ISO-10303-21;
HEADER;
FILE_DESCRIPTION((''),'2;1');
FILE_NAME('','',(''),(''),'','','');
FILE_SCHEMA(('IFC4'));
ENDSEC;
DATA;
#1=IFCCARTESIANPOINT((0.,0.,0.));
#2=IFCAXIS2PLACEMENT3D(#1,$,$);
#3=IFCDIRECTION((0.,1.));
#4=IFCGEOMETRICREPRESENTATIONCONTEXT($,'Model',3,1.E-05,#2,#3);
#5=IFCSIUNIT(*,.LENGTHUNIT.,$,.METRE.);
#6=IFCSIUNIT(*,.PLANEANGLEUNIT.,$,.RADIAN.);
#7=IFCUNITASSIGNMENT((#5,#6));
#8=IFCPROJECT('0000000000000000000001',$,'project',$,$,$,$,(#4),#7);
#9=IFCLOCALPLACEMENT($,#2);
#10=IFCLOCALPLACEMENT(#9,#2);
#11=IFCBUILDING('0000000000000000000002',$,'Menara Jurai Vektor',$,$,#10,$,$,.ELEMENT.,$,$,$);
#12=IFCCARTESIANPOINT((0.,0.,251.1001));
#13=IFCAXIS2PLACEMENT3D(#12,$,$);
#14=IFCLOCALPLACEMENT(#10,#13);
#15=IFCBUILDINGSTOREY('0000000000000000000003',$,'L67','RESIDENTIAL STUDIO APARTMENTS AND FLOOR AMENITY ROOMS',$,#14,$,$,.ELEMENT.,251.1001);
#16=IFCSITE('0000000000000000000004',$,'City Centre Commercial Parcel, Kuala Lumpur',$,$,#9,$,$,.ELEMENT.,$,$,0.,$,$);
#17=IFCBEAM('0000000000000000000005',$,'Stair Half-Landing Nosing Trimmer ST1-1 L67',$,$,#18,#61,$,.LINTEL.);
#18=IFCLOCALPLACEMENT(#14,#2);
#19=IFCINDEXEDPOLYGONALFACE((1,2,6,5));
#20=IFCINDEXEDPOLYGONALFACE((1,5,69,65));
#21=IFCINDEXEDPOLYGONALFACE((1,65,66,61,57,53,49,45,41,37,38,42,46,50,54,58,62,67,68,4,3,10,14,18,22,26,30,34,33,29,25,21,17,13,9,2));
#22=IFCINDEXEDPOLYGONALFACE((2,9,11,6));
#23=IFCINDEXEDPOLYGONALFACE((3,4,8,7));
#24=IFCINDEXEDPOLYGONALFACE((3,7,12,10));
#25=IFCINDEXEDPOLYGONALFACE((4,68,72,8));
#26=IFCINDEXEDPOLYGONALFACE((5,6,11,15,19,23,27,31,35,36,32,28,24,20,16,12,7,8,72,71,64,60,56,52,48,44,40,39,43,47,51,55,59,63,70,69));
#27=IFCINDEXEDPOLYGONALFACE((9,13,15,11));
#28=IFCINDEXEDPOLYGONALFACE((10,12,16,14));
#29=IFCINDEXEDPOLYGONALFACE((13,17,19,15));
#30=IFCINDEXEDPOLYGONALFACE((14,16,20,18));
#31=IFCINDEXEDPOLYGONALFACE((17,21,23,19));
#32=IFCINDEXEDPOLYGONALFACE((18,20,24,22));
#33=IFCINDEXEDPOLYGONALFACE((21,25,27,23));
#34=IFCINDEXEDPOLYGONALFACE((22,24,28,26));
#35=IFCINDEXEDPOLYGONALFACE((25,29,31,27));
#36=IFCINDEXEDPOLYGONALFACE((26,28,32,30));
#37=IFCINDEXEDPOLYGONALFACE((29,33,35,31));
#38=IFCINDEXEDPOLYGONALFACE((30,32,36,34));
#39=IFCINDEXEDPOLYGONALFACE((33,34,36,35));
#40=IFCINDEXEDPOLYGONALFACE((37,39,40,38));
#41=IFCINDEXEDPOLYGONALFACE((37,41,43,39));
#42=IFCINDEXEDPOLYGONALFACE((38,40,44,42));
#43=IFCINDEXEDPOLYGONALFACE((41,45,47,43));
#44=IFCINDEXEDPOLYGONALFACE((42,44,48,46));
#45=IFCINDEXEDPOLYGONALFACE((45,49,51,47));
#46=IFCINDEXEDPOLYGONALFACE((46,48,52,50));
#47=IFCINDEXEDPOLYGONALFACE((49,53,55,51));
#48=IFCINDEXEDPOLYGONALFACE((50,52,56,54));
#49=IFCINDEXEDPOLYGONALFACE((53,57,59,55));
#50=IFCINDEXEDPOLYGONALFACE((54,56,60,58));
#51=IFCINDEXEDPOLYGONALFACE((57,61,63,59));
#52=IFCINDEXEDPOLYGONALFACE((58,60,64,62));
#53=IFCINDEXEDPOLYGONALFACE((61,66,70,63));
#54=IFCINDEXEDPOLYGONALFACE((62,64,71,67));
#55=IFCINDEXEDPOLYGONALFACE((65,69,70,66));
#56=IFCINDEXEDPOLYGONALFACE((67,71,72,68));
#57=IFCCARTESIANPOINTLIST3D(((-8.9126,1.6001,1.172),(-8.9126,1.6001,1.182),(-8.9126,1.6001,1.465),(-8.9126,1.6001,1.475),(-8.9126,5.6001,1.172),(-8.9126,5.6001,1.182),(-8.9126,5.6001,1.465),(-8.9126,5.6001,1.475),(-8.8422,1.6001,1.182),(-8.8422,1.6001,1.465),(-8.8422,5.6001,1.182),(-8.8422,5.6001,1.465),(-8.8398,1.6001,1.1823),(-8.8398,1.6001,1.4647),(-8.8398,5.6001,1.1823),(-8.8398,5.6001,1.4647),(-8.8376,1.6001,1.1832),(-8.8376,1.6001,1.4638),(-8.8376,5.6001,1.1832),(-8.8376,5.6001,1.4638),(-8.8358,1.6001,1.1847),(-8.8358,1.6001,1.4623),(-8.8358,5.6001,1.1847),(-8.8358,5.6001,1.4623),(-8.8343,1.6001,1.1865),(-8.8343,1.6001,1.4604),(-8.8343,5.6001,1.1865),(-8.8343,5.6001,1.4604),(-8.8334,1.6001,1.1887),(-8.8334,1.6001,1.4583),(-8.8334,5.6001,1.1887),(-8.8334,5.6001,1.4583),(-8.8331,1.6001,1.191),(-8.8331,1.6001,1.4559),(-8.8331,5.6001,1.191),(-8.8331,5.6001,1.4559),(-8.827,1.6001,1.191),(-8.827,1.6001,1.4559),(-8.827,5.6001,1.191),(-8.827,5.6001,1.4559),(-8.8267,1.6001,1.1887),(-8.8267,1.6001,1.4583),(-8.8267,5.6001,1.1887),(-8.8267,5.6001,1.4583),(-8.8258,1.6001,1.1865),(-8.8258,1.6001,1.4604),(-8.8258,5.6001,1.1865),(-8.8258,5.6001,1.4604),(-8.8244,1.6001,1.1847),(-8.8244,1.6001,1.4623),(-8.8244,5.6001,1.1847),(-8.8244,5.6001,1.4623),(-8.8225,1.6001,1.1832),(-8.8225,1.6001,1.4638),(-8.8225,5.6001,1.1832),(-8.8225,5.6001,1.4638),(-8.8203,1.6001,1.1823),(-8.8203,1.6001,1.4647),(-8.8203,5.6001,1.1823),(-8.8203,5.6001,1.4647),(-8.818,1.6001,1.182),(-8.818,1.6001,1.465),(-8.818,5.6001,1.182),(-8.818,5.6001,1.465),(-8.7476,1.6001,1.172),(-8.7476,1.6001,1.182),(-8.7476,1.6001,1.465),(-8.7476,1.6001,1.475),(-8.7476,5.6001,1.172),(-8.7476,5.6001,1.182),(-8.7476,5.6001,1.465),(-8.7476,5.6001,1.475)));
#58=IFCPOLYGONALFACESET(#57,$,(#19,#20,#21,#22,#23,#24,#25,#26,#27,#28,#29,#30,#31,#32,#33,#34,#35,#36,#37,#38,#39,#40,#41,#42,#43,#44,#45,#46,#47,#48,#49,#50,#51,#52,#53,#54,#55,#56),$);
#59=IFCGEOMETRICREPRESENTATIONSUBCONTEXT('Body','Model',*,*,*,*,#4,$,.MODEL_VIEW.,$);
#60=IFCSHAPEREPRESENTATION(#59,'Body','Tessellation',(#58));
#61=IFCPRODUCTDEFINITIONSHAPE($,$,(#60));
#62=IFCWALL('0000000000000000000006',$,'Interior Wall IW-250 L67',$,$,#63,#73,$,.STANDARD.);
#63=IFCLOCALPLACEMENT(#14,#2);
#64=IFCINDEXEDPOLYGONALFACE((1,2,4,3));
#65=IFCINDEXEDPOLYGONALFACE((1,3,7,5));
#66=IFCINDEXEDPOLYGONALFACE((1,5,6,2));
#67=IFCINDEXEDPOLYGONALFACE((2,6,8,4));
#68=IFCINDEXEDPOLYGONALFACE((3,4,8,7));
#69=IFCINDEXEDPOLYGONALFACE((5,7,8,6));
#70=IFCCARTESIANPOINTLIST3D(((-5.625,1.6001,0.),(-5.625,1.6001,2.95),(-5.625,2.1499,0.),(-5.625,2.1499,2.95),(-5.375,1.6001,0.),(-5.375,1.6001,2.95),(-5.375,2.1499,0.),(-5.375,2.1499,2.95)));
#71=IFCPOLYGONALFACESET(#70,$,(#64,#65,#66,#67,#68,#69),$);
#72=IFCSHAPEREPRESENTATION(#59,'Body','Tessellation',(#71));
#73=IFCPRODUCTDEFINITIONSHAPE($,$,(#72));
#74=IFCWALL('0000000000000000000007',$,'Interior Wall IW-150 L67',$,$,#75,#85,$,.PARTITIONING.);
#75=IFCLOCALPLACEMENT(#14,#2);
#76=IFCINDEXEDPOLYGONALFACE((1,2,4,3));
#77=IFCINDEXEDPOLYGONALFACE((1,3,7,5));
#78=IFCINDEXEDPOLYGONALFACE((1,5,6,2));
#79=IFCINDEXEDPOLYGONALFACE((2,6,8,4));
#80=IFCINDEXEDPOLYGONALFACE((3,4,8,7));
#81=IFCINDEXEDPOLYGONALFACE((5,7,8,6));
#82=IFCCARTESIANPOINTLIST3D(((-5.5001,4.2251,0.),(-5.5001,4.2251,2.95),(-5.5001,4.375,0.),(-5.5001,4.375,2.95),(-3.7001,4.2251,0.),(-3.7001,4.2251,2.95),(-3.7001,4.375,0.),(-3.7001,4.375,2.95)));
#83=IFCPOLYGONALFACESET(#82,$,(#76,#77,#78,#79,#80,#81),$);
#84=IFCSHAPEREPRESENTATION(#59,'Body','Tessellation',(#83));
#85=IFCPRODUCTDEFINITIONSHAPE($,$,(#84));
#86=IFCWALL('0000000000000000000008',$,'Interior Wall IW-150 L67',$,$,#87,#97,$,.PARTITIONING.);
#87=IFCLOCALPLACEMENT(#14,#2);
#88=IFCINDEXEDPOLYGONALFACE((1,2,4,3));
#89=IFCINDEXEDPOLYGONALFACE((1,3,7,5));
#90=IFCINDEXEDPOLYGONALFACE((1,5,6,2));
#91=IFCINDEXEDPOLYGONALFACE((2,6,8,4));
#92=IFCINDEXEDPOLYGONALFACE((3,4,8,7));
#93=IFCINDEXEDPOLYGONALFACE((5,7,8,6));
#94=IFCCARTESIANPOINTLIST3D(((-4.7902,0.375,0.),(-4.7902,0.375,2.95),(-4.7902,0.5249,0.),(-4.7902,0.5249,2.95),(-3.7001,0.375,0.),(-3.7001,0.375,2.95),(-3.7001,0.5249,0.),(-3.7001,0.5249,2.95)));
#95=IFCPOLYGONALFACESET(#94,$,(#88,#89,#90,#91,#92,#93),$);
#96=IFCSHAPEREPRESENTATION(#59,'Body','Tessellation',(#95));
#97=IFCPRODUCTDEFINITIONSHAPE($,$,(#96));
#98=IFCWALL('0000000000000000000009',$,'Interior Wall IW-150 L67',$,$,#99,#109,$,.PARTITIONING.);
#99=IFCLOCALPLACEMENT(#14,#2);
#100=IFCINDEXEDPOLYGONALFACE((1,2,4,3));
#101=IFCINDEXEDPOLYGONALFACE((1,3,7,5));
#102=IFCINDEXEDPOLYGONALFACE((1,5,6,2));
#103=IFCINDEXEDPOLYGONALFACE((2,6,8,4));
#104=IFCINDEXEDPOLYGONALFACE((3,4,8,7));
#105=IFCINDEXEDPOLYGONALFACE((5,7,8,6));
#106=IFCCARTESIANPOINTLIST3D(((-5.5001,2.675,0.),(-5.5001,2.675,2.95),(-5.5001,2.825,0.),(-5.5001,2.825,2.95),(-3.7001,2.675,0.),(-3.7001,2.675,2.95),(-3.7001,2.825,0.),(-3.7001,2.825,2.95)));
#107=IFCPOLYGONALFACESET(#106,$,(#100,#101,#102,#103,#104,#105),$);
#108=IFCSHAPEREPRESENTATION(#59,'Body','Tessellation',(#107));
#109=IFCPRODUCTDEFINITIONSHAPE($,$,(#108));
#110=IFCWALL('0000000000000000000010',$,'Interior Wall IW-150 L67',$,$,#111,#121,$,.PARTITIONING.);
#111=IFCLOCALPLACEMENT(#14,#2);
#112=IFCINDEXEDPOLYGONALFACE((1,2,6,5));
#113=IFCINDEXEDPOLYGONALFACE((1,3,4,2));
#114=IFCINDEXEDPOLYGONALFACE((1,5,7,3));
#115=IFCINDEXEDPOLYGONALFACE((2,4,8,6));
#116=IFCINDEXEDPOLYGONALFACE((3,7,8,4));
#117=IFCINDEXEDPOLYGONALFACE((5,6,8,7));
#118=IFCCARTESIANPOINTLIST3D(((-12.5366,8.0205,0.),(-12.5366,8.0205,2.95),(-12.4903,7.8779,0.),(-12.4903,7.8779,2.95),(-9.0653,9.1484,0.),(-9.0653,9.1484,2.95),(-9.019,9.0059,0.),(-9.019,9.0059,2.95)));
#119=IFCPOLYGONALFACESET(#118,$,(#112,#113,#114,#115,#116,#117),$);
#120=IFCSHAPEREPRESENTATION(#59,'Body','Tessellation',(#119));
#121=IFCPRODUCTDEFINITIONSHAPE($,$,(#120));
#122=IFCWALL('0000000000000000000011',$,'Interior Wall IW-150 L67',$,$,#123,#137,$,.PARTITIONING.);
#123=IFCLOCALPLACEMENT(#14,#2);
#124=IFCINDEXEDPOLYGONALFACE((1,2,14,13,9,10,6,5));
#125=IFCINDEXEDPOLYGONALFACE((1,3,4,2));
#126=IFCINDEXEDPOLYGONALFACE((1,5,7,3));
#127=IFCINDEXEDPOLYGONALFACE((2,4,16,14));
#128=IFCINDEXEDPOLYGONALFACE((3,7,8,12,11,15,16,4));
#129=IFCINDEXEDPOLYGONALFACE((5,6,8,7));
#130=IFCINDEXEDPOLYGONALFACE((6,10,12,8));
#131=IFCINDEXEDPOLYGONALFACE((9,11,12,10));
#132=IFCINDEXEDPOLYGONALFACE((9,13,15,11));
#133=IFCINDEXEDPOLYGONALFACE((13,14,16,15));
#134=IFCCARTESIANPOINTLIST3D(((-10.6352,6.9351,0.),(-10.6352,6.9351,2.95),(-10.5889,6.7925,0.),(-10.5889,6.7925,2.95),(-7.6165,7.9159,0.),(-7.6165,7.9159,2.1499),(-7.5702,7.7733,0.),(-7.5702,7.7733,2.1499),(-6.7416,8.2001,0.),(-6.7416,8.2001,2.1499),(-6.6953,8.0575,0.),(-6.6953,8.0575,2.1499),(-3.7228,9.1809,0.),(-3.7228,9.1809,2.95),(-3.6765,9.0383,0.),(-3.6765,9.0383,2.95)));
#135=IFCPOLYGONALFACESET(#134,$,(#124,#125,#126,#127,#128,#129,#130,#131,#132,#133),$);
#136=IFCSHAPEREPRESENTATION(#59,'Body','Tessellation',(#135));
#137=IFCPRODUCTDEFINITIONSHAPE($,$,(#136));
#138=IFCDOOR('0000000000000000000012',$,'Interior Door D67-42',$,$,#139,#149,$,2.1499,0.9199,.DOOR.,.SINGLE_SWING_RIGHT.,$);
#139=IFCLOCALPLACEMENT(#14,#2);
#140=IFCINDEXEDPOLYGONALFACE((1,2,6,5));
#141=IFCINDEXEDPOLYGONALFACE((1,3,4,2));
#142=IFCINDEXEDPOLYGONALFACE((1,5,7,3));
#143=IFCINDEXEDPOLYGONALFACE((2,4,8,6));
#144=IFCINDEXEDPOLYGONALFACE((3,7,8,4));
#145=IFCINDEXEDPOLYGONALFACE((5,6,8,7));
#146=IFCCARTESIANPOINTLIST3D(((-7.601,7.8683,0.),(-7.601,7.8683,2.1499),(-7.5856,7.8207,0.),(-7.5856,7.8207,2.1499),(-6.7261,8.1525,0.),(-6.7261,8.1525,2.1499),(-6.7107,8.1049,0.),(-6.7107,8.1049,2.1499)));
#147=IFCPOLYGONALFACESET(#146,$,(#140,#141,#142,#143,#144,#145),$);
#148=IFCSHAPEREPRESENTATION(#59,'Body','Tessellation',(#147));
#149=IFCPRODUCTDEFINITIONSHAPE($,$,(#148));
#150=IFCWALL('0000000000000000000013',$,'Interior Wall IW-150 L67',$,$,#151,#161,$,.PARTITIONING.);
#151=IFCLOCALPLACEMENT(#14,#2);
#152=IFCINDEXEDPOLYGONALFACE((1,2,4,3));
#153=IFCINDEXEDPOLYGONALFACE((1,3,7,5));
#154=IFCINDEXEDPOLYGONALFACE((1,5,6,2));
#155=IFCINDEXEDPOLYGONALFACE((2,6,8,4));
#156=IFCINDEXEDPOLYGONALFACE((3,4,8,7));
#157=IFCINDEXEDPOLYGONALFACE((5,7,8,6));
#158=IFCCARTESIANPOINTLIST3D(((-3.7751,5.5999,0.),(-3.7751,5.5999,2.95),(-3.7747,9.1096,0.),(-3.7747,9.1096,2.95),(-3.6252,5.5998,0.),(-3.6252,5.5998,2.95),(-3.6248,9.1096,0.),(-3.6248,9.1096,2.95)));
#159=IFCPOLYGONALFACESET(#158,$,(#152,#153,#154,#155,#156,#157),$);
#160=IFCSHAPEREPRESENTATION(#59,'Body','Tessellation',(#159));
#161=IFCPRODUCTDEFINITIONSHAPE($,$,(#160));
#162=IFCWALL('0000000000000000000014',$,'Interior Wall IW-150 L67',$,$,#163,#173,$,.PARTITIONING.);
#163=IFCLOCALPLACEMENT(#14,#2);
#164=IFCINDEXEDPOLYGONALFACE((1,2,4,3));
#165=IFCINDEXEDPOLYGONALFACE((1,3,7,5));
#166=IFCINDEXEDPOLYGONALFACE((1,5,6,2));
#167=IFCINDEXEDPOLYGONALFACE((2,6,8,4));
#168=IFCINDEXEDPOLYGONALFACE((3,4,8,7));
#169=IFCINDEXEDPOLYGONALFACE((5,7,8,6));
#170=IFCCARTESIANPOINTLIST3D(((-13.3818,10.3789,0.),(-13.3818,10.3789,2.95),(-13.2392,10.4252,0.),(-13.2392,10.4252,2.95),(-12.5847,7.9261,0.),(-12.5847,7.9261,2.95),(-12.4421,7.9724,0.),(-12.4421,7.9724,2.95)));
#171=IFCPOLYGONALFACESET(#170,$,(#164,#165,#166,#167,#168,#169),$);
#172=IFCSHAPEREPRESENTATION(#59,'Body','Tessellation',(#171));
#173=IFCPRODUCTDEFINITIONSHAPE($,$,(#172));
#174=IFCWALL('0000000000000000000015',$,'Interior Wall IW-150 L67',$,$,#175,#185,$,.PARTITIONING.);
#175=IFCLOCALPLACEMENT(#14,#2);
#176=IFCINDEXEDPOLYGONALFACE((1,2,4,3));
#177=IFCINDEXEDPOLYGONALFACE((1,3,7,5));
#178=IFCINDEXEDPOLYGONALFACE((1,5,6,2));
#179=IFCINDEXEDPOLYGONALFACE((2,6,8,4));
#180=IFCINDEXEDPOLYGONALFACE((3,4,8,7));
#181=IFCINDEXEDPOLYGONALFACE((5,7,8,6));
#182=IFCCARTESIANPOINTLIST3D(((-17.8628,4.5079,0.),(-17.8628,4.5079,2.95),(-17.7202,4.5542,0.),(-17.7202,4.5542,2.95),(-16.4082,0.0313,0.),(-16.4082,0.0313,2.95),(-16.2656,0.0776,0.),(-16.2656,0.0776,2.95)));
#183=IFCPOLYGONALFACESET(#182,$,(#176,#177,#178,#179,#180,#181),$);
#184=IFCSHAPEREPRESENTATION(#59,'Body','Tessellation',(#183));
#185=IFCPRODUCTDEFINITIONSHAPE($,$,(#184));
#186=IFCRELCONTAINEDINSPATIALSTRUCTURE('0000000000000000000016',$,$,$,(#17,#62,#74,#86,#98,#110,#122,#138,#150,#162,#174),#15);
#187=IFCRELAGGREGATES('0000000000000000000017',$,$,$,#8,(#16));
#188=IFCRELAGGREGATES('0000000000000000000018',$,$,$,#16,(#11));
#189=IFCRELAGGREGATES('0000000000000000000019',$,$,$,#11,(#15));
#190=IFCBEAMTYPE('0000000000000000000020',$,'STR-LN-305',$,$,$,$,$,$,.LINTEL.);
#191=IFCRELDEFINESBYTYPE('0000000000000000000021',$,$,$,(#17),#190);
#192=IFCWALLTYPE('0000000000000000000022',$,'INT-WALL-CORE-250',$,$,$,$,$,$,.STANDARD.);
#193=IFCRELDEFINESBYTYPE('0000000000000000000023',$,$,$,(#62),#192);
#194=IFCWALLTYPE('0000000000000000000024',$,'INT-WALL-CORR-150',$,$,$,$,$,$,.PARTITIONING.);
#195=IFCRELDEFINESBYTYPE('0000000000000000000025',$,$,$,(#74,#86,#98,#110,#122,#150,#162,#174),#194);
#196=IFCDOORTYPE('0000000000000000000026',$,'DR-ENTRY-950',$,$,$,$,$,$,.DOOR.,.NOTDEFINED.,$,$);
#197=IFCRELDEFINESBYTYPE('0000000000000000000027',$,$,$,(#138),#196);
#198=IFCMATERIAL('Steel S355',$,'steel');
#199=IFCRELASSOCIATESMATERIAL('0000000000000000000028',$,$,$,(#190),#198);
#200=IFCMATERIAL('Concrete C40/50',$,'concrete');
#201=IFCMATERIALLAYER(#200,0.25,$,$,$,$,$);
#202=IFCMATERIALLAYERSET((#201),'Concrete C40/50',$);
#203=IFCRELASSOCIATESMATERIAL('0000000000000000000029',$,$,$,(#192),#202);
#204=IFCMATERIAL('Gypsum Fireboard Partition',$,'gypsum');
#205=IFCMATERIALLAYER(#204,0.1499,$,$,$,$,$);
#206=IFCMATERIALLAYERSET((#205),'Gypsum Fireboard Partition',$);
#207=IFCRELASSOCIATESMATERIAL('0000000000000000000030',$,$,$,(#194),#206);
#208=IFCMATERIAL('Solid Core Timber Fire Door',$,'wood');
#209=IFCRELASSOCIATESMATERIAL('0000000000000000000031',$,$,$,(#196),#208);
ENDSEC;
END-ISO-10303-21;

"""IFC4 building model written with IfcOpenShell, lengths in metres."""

from ifc_helpers import new_model, si_unit, direction, frame, frame_2d, origin, origin_2d, place, context, subcontext, project, spatial, rectangle, i_section, extrude, material, layer, layer_set, material_profile, profile_set, type_object, element, fill, save


model = new_model("IFC4")

# Units and contexts
model_context = context("Model", 3, precision=1e-05, world=origin(), true_north=direction((0.0, 1.0)))
body_context = subcontext(model_context, "Body", "Model", "MODEL_VIEW")
ifc_project = project(units=[si_unit("LENGTHUNIT", "METRE"), si_unit("PLANEANGLEUNIT", "RADIAN")], contexts=[model_context])

# Site, building, storey
site_placement = place(None, origin())
site = spatial("IfcSite", under=ifc_project, at=site_placement, Name="City Centre Commercial Parcel, Kuala Lumpur", CompositionType="ELEMENT", RefElevation=0.0)
building_placement = place(site_placement, origin())
building = spatial("IfcBuilding", under=site, at=building_placement, Name="Menara Jurai Vektor", CompositionType="ELEMENT")
storey_placement = place(building_placement, frame((0.0, 0.0, 251.1001)))
storey = spatial("IfcBuildingStorey", under=building, at=storey_placement, Name="L67", Description="RESIDENTIAL STUDIO APARTMENTS AND FLOOR AMENITY ROOMS", CompositionType="ELEMENT", Elevation=251.1001)

# Shared definitions
ifc_material_1 = material(Name="Steel S355", Category="steel")

# Beam
ifc_material_profile_1 = material_profile(ifc_material_1, i_section(OverallWidth=0.165, OverallDepth=0.303, WebThickness=0.0061, FlangeThickness=0.01, FilletRadius=0.009, at=origin_2d()), Name="UKB 305x165x40")
ifc_profile_set_1 = profile_set([ifc_material_profile_1], Name="Steel S355")
beam_type_1 = type_object("IfcBeamType", Name="STR-LN-305", PredefinedType="LINTEL", material=ifc_profile_set_1)
beam_1_placement = place(storey_placement, frame((-8.8301, 1.6001, 1.3235), z_axis=(0.0, 1.0, 0.0), x_axis=(-1.0, 0.0, 0.0)))
element("IfcBeam", 1, at=beam_1_placement, inside=storey, type_object=beam_type_1, Name="Stair Half-Landing Nosing Trimmer ST1-1 L67", PredefinedType="LINTEL", context=body_context, shape_type="SweptSolid", body=[
    extrude(i_section(OverallWidth=0.165, OverallDepth=0.303, WebThickness=0.0061, FlangeThickness=0.01, FilletRadius=0.009, at=origin_2d()), origin(), (0.0, 0.0, 1.0), 4.0),
])

# Shared definitions
ifc_material_2 = material(Name="Concrete C40/50", Category="concrete")
ifc_layer_1 = layer(ifc_material_2, 0.25)
ifc_layer_set_1 = layer_set([ifc_layer_1], Name="Concrete C40/50")
wall_type_1 = type_object("IfcWallType", Name="INT-WALL-CORE-250", PredefinedType="STANDARD", material=ifc_layer_set_1)

# Walls
wall_1_placement = place(storey_placement, frame((-5.5, 1.6001, 0.0), z_axis=(0.0, 0.0, 1.0), x_axis=(0.0, 1.0, 0.0)))
element("IfcWall", 2, at=wall_1_placement, inside=storey, type_object=wall_type_1, Name="Interior Wall IW-250 L67", PredefinedType="STANDARD", context=body_context, shape_type="SweptSolid", body=[
    extrude(rectangle(XDim=0.5498, YDim=0.25, at=frame_2d((0.2749, 0.0))), origin(), (0.0, 0.0, 1.0), 2.95),
])
ifc_material_3 = material(Name="Gypsum Fireboard Partition", Category="gypsum")
ifc_layer_2 = layer(ifc_material_3, 0.1499)
ifc_layer_set_2 = layer_set([ifc_layer_2], Name="Gypsum Fireboard Partition")
wall_type_2 = type_object("IfcWallType", Name="INT-WALL-CORR-150", PredefinedType="PARTITIONING", material=ifc_layer_set_2)
wall_2_placement = place(storey_placement, frame((-5.5, 4.3, 0.0), z_axis=(0.0, 0.0, 1.0), x_axis=(1.0, 0.0, 0.0)))
element("IfcWall", 3, at=wall_2_placement, inside=storey, type_object=wall_type_2, Name="Interior Wall IW-150 L67", PredefinedType="PARTITIONING", context=body_context, shape_type="SweptSolid", body=[
    extrude(rectangle(XDim=1.8, YDim=0.1499, at=frame_2d((0.8999, 0.0))), origin(), (0.0, 0.0, 1.0), 2.95),
])
wall_3_placement = place(storey_placement, frame((-4.79, 0.45, 0.0), z_axis=(0.0, 0.0, 1.0), x_axis=(1.0, 0.0, 0.0)))
element("IfcWall", 4, at=wall_3_placement, inside=storey, type_object=wall_type_2, Name="Interior Wall IW-150 L67", PredefinedType="PARTITIONING", context=body_context, shape_type="SweptSolid", body=[
    extrude(rectangle(XDim=1.0901, YDim=0.1499, at=frame_2d((0.5449, 0.0))), origin(), (0.0, 0.0, 1.0), 2.95),
])
wall_4_placement = place(storey_placement, frame((-5.5, 2.75, 0.0), z_axis=(0.0, 0.0, 1.0), x_axis=(1.0, 0.0, 0.0)))
element("IfcWall", 5, at=wall_4_placement, inside=storey, type_object=wall_type_2, Name="Interior Wall IW-150 L67", PredefinedType="PARTITIONING", context=body_context, shape_type="SweptSolid", body=[
    extrude(rectangle(XDim=1.8, YDim=0.1499, at=frame_2d((0.8999, 0.0))), origin(), (0.0, 0.0, 1.0), 2.95),
])
wall_5_placement = place(storey_placement, frame((-12.5134, 7.9492, 0.0), z_axis=(0.0, 0.0, 1.0), x_axis=(0.951051, 0.309035, 0.0)))
element("IfcWall", 6, at=wall_5_placement, inside=storey, type_object=wall_type_2, Name="Interior Wall IW-150 L67", PredefinedType="PARTITIONING", context=body_context, shape_type="SweptSolid", body=[
    extrude(rectangle(XDim=3.6499, YDim=0.1499, at=frame_2d((1.825, 0.0))), origin(), (0.0, 0.0, 1.0), 2.95),
])

# Wall, opening, door
wall_6_placement = place(storey_placement, frame((-10.6121, 6.8638, 0.0), z_axis=(0.0, 0.0, 1.0), x_axis=(0.951061, 0.309003, 0.0)))
wall_6 = element("IfcWall", 7, at=wall_6_placement, inside=storey, type_object=wall_type_2, Name="Interior Wall IW-150 L67", PredefinedType="PARTITIONING", context=body_context, shape_type="SweptSolid", body=[
    extrude(rectangle(XDim=7.2681, YDim=0.1499, at=frame_2d((3.634, 0.0))), origin(), (0.0, 0.0, 1.0), 2.95),
])
opening_1_placement = place(wall_6_placement, frame((3.1741, 0.0, 0.0)))
opening_1 = element("IfcOpeningElement", 8, at=opening_1_placement, cuts=wall_6, PredefinedType="OPENING", context=body_context, shape_type="SweptSolid", body=[
    extrude(rectangle(XDim=0.9199, YDim=2.1499, at=frame_2d((0.46, 1.075))), frame((0.0, 0.085, 0.0), z_axis=(0.0, -1.0, 0.0), x_axis=(1.0, 0.0, 0.0)), (0.0, 0.0, 1.0), 0.1699),
])
ifc_material_4 = material(Name="Solid Core Timber Fire Door", Category="wood")
door_type_1 = type_object("IfcDoorType", Name="DR-ENTRY-950", OperationType="NOTDEFINED", PredefinedType="DOOR", material=ifc_material_4)
door_1_placement = place(opening_1_placement, origin())
door_1 = element("IfcDoor", 9, at=door_1_placement, inside=storey, type_object=door_type_1, Name="Interior Door D67-42", OperationType="SINGLE_SWING_RIGHT", OverallHeight=2.1499, OverallWidth=0.9199, PredefinedType="DOOR", context=body_context, shape_type="SweptSolid", body=[
    extrude(rectangle(XDim=0.9199, YDim=2.1499, at=frame_2d((0.46, 1.075))), frame((0.0, 0.0249, 0.0), z_axis=(0.0, -1.0, 0.0), x_axis=(1.0, 0.0, 0.0)), (0.0, 0.0, 1.0), 0.05),
])
fill(opening_1, door_1)

# Walls
wall_7_placement = place(storey_placement, frame((-3.7002, 5.5999, 0.0), z_axis=(0.0, 0.0, 1.0), x_axis=(0.000139, 1.0, 0.0)))
element("IfcWall", 10, at=wall_7_placement, inside=storey, type_object=wall_type_2, Name="Interior Wall IW-150 L67", PredefinedType="PARTITIONING", context=body_context, shape_type="SweptSolid", body=[
    extrude(rectangle(XDim=3.5098, YDim=0.1499, at=frame_2d((1.7549, 0.0))), origin(), (0.0, 0.0, 1.0), 2.95),
])
wall_8_placement = place(storey_placement, frame((-12.5134, 7.9492, 0.0), z_axis=(0.0, 0.0, 1.0), x_axis=(-0.309063, 0.951042, 0.0)))
element("IfcWall", 11, at=wall_8_placement, inside=storey, type_object=wall_type_2, Name="Interior Wall IW-150 L67", PredefinedType="PARTITIONING", context=body_context, shape_type="SweptSolid", body=[
    extrude(rectangle(XDim=2.5791, YDim=0.1499, at=frame_2d((1.2896, 0.0))), origin(), (0.0, 0.0, 1.0), 2.95),
])
wall_9_placement = place(storey_placement, frame((-16.3369, 0.0544, 0.0), z_axis=(0.0, 0.0, 1.0), x_axis=(-0.30903, 0.951052, 0.0)))
element("IfcWall", 12, at=wall_9_placement, inside=storey, type_object=wall_type_2, Name="Interior Wall IW-150 L67", PredefinedType="PARTITIONING", context=body_context, shape_type="SweptSolid", body=[
    extrude(rectangle(XDim=4.707, YDim=0.1499, at=frame_2d((2.3535, 0.0))), origin(), (0.0, 0.0, 1.0), 2.95),
])

save(model, "model.ifc")
